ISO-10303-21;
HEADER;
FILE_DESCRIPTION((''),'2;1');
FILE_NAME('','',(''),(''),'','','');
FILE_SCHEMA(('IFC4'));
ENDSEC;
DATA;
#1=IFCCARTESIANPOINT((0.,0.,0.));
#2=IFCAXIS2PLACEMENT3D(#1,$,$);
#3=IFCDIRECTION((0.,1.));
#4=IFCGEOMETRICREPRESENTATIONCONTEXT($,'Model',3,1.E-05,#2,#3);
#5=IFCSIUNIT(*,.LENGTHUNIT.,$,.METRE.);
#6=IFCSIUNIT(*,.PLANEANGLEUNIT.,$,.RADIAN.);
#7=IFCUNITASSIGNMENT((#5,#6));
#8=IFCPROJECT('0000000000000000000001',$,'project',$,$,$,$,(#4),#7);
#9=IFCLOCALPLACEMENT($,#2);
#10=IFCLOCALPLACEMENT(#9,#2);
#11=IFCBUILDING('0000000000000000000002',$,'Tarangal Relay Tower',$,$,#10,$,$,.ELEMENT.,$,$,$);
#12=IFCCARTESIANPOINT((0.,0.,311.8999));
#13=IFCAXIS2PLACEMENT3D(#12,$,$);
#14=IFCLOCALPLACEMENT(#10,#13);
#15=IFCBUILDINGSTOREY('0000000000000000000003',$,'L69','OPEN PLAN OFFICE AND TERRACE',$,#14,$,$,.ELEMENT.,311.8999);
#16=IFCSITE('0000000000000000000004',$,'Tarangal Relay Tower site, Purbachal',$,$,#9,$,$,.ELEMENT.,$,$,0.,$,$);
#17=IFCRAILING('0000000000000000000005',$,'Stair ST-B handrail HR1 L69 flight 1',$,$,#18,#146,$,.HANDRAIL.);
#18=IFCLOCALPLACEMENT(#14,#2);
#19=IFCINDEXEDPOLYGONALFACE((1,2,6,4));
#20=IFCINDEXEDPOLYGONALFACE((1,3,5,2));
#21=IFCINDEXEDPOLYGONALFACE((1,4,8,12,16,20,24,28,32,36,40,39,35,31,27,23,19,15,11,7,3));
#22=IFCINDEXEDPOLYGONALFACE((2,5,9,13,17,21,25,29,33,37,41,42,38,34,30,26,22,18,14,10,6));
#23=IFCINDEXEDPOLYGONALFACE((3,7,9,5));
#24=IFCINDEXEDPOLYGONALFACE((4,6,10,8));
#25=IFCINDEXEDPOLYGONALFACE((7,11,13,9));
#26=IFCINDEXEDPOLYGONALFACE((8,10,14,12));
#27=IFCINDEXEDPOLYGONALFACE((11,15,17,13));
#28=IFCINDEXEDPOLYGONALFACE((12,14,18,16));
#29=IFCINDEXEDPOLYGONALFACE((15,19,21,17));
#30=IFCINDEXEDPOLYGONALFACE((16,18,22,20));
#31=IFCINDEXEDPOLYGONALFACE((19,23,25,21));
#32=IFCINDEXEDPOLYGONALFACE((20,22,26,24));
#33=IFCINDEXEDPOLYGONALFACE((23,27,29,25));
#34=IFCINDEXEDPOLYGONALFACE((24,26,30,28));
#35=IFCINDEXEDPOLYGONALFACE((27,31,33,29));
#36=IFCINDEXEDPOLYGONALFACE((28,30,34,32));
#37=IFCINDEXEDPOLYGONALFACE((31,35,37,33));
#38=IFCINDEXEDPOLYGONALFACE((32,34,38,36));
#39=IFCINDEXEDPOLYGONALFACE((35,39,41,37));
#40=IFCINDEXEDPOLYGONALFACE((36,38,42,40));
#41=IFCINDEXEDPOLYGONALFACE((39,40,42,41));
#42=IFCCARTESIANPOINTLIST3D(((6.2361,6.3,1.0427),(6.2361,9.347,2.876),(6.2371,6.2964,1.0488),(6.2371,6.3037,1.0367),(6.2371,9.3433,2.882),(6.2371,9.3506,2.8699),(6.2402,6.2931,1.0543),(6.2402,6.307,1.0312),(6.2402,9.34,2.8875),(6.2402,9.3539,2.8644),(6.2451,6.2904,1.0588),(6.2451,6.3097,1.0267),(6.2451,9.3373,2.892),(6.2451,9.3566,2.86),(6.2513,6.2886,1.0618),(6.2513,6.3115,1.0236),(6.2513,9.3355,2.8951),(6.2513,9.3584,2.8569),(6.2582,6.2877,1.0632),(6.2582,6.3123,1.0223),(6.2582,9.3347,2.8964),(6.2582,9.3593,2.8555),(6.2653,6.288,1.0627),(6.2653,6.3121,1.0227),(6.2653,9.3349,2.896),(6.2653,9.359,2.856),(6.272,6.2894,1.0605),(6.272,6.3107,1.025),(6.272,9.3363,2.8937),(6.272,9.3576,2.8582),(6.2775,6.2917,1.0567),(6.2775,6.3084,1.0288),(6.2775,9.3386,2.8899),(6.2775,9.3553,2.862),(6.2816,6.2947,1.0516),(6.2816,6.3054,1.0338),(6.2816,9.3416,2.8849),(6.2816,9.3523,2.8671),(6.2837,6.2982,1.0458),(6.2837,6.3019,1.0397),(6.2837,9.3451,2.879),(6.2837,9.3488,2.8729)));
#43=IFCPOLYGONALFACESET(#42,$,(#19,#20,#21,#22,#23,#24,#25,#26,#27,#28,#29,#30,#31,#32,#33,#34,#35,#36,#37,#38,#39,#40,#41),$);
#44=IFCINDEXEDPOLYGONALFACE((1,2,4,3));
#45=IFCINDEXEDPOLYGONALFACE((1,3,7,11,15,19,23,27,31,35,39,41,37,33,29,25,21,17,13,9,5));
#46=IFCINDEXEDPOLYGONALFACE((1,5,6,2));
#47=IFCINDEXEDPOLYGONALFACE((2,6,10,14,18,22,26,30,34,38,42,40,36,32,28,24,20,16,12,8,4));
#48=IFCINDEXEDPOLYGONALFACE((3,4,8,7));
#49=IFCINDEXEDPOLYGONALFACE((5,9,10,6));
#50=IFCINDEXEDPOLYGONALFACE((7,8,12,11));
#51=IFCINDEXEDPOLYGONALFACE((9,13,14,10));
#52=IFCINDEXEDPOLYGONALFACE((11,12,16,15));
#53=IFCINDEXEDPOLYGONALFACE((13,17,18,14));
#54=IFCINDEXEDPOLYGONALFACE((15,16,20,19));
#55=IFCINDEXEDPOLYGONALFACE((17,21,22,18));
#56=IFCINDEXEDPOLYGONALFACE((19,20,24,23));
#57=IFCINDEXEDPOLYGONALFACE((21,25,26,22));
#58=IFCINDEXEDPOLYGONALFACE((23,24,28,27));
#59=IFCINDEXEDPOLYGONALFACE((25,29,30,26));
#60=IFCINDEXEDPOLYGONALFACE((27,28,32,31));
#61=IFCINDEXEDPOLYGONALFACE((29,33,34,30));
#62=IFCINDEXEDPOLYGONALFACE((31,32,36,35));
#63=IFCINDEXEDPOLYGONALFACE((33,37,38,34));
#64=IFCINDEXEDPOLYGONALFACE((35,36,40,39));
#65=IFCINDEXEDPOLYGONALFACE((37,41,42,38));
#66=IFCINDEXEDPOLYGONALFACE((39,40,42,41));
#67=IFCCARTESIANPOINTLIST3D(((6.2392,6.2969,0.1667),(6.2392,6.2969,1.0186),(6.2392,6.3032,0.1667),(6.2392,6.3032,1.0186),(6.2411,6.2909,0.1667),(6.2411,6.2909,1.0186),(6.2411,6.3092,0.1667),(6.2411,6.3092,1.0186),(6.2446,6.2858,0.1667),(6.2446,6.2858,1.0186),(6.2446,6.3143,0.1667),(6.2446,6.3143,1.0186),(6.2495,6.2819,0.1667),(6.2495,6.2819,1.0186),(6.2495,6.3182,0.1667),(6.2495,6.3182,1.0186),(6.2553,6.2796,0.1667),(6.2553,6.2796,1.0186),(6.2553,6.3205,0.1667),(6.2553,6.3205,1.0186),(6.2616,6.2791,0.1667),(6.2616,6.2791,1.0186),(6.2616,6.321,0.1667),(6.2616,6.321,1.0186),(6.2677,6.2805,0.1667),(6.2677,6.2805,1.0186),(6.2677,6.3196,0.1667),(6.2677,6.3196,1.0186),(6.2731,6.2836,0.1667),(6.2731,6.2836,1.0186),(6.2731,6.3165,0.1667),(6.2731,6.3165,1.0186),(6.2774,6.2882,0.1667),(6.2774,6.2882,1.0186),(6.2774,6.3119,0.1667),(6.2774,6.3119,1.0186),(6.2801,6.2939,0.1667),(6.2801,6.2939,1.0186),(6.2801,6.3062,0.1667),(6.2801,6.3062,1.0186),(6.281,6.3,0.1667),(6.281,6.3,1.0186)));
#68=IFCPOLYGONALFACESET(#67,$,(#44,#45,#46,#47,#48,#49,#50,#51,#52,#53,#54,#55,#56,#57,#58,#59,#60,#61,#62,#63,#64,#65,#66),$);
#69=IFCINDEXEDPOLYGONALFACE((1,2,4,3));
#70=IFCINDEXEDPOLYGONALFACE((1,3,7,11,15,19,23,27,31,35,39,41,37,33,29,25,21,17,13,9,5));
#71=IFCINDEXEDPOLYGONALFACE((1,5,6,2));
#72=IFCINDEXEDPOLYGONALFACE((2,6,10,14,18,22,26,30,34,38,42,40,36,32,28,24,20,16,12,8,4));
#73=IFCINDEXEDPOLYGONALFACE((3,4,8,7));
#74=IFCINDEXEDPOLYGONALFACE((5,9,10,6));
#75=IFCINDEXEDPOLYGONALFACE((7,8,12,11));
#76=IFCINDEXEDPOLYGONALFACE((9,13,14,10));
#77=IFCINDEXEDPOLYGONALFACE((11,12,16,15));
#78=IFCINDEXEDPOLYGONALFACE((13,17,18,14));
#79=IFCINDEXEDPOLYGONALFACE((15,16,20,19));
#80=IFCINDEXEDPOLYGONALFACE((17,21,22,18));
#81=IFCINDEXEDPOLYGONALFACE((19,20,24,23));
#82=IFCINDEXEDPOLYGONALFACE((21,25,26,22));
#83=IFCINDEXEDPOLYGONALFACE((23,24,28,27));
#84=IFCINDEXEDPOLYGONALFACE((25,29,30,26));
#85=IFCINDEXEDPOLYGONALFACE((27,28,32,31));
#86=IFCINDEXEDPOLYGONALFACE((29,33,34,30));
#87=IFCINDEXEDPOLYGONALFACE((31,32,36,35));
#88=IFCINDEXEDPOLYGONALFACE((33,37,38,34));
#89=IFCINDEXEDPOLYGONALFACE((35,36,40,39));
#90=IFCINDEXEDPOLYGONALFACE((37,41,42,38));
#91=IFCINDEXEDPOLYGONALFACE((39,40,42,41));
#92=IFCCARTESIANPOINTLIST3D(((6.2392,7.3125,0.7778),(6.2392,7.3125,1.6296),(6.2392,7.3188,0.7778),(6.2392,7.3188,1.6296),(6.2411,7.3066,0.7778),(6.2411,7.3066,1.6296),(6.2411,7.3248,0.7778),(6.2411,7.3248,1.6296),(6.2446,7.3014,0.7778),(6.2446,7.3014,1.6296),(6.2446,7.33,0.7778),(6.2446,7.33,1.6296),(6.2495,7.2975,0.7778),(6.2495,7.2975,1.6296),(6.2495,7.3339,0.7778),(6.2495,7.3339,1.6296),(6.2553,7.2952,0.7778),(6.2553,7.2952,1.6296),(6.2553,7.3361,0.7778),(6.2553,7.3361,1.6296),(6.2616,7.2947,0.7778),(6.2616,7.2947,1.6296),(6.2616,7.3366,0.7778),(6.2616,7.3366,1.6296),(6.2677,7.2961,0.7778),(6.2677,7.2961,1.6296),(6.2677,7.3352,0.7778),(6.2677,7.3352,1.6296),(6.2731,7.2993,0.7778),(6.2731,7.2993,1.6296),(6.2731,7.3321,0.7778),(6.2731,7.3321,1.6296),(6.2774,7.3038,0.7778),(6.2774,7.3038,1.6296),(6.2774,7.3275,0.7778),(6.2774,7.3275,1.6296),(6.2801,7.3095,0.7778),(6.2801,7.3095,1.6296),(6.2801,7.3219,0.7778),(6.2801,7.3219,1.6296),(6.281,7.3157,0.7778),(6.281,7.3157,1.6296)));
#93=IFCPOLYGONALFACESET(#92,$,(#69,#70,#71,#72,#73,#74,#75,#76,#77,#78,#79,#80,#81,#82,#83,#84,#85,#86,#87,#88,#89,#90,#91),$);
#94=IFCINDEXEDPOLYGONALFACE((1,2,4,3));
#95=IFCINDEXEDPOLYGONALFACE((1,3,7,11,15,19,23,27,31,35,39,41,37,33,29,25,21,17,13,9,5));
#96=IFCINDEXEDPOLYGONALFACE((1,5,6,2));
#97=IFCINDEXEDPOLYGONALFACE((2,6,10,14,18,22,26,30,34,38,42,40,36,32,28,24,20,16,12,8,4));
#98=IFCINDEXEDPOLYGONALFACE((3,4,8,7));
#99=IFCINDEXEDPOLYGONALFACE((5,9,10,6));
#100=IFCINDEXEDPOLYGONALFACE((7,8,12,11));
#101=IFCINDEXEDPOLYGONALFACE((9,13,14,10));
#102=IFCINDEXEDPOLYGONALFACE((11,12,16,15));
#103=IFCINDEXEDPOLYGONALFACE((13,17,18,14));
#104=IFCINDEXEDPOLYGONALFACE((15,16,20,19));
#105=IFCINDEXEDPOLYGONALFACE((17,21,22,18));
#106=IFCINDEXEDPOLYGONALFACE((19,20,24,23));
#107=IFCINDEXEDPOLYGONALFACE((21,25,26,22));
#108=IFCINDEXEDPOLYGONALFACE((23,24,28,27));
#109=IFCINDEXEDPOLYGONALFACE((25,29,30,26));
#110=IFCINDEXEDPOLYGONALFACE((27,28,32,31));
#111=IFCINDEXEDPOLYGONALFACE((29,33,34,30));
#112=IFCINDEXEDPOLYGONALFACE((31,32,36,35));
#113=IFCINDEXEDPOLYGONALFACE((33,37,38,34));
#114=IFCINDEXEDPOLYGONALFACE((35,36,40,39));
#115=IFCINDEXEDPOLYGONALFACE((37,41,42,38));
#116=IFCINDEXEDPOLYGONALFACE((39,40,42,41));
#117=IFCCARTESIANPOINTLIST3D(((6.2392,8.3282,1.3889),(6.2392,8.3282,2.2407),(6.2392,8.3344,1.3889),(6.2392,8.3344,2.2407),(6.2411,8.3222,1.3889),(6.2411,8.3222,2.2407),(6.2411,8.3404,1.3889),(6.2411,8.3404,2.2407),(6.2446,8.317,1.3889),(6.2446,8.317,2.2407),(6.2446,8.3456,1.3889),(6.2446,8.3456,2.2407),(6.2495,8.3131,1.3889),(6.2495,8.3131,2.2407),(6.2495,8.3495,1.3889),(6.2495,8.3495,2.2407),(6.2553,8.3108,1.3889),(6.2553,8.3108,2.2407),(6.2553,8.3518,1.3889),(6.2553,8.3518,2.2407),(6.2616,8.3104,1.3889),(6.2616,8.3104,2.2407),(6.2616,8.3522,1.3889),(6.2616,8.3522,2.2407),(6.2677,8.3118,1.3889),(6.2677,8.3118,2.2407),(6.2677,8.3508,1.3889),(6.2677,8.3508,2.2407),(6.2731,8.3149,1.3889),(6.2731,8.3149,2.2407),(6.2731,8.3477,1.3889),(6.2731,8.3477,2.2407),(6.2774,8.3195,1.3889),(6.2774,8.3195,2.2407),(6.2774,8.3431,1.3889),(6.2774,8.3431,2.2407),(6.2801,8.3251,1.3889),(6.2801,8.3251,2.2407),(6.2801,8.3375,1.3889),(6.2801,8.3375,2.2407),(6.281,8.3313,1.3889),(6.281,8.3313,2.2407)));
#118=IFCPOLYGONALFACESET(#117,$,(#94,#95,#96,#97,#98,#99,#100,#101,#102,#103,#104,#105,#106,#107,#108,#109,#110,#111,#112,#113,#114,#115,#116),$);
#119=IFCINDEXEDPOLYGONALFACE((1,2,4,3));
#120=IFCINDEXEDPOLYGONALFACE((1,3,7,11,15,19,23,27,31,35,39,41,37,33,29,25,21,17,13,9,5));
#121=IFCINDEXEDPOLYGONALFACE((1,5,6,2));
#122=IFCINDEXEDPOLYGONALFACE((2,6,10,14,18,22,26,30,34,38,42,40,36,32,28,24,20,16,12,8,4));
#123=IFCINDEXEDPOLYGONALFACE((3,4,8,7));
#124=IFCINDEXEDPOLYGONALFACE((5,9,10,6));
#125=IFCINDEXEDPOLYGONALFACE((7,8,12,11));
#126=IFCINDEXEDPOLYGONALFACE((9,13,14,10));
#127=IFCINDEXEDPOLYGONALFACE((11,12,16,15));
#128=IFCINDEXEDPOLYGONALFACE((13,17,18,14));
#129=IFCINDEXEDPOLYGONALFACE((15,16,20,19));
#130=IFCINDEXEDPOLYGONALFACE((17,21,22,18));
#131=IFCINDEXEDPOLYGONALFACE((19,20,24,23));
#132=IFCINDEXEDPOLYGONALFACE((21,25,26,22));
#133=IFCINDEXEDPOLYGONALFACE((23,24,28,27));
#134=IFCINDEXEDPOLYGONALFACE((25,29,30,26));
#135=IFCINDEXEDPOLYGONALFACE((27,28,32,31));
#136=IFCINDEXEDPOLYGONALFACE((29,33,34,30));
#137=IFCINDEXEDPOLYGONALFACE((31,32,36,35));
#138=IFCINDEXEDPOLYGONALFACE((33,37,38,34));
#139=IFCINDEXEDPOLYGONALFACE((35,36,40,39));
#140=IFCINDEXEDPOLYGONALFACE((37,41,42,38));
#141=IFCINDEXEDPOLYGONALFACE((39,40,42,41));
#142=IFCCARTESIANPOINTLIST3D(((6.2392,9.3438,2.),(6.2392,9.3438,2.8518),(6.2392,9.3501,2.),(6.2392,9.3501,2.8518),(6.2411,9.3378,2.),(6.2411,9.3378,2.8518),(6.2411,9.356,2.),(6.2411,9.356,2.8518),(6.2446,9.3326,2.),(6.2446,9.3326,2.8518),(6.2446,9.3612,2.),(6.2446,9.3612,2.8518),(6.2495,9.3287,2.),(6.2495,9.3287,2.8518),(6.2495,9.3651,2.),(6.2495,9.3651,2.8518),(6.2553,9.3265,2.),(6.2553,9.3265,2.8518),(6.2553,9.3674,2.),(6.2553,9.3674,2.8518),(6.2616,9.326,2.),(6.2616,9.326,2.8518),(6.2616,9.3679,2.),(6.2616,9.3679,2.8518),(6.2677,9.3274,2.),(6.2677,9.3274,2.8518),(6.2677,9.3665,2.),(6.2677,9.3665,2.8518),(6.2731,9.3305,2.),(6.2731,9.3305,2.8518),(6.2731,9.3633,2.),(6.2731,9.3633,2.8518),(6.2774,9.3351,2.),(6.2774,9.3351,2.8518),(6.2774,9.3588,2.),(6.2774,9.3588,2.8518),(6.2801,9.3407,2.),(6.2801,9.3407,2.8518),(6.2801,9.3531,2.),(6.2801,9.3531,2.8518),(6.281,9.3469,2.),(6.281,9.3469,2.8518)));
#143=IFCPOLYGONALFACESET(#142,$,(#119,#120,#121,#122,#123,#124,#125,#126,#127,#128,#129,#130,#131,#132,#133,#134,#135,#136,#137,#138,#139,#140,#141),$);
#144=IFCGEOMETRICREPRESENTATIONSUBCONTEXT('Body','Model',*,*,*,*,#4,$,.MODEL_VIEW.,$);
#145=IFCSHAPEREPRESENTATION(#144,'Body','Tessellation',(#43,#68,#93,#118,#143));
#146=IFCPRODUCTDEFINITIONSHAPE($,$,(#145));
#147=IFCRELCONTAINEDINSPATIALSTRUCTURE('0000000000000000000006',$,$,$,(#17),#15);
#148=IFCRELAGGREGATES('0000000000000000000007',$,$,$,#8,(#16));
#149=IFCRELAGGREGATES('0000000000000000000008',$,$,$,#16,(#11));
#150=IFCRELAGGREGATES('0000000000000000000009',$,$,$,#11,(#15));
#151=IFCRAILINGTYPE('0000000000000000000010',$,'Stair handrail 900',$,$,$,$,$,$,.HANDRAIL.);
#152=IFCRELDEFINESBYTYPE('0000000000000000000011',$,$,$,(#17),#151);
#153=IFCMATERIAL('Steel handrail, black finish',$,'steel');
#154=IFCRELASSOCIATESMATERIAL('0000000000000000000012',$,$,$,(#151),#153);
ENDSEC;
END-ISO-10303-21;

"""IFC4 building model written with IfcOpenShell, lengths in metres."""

from ifc_helpers import new_model, si_unit, direction, frame, origin, origin_2d, place, context, subcontext, project, spatial, circle, extrude, material, type_object, element, save


model = new_model("IFC4")

# Units and contexts
model_context = context("Model", 3, precision=1e-05, world=origin(), true_north=direction((0.0, 1.0)))
body_context = subcontext(model_context, "Body", "Model", "MODEL_VIEW")
ifc_project = project(units=[si_unit("LENGTHUNIT", "METRE"), si_unit("PLANEANGLEUNIT", "RADIAN")], contexts=[model_context])

# Site, building, storey
site_placement = place(None, origin())
site = spatial("IfcSite", under=ifc_project, at=site_placement, Name="Tarangal Relay Tower site, Purbachal", CompositionType="ELEMENT", RefElevation=0.0)
building_placement = place(site_placement, origin())
building = spatial("IfcBuilding", under=site, at=building_placement, Name="Tarangal Relay Tower", CompositionType="ELEMENT")
storey_placement = place(building_placement, frame((0.0, 0.0, 311.8999)))
storey = spatial("IfcBuildingStorey", under=building, at=storey_placement, Name="L69", Description="OPEN PLAN OFFICE AND TERRACE", CompositionType="ELEMENT", Elevation=311.8999)

# Railing
ifc_material_1 = material(Name="Steel handrail, black finish", Category="steel")
railing_type_1 = type_object("IfcRailingType", Name="Stair handrail 900", PredefinedType="HANDRAIL", material=ifc_material_1)
railing_1_placement = place(storey_placement, frame((6.26, 6.3, 0.1667)))
element("IfcRailing", 1, at=railing_1_placement, inside=storey, type_object=railing_type_1, Name="Stair ST-B handrail HR1 L69 flight 1", PredefinedType="HANDRAIL", context=body_context, shape_type="SweptSolid", body=[
    extrude(circle(Radius=0.0239, at=origin_2d()), frame((0.0, 0.0, 0.876), z_axis=(0.0, 0.856856, 0.515556), x_axis=(-1.0, 0.0, 0.0)), (0.0, 0.0, 1.0), 3.5559),
    extrude(circle(Radius=0.021, at=origin_2d()), origin(), (0.0, 0.0, 1.0), 0.8518),
    extrude(circle(Radius=0.021, at=origin_2d()), frame((0.0, 1.0156, 0.6111)), (0.0, 0.0, 1.0), 0.8518),
    extrude(circle(Radius=0.021, at=origin_2d()), frame((0.0, 2.0312, 1.2222)), (0.0, 0.0, 1.0), 0.8518),
    extrude(circle(Radius=0.021, at=origin_2d()), frame((0.0, 3.0469, 1.8333)), (0.0, 0.0, 1.0), 0.8518),
])

save(model, "model.ifc")
